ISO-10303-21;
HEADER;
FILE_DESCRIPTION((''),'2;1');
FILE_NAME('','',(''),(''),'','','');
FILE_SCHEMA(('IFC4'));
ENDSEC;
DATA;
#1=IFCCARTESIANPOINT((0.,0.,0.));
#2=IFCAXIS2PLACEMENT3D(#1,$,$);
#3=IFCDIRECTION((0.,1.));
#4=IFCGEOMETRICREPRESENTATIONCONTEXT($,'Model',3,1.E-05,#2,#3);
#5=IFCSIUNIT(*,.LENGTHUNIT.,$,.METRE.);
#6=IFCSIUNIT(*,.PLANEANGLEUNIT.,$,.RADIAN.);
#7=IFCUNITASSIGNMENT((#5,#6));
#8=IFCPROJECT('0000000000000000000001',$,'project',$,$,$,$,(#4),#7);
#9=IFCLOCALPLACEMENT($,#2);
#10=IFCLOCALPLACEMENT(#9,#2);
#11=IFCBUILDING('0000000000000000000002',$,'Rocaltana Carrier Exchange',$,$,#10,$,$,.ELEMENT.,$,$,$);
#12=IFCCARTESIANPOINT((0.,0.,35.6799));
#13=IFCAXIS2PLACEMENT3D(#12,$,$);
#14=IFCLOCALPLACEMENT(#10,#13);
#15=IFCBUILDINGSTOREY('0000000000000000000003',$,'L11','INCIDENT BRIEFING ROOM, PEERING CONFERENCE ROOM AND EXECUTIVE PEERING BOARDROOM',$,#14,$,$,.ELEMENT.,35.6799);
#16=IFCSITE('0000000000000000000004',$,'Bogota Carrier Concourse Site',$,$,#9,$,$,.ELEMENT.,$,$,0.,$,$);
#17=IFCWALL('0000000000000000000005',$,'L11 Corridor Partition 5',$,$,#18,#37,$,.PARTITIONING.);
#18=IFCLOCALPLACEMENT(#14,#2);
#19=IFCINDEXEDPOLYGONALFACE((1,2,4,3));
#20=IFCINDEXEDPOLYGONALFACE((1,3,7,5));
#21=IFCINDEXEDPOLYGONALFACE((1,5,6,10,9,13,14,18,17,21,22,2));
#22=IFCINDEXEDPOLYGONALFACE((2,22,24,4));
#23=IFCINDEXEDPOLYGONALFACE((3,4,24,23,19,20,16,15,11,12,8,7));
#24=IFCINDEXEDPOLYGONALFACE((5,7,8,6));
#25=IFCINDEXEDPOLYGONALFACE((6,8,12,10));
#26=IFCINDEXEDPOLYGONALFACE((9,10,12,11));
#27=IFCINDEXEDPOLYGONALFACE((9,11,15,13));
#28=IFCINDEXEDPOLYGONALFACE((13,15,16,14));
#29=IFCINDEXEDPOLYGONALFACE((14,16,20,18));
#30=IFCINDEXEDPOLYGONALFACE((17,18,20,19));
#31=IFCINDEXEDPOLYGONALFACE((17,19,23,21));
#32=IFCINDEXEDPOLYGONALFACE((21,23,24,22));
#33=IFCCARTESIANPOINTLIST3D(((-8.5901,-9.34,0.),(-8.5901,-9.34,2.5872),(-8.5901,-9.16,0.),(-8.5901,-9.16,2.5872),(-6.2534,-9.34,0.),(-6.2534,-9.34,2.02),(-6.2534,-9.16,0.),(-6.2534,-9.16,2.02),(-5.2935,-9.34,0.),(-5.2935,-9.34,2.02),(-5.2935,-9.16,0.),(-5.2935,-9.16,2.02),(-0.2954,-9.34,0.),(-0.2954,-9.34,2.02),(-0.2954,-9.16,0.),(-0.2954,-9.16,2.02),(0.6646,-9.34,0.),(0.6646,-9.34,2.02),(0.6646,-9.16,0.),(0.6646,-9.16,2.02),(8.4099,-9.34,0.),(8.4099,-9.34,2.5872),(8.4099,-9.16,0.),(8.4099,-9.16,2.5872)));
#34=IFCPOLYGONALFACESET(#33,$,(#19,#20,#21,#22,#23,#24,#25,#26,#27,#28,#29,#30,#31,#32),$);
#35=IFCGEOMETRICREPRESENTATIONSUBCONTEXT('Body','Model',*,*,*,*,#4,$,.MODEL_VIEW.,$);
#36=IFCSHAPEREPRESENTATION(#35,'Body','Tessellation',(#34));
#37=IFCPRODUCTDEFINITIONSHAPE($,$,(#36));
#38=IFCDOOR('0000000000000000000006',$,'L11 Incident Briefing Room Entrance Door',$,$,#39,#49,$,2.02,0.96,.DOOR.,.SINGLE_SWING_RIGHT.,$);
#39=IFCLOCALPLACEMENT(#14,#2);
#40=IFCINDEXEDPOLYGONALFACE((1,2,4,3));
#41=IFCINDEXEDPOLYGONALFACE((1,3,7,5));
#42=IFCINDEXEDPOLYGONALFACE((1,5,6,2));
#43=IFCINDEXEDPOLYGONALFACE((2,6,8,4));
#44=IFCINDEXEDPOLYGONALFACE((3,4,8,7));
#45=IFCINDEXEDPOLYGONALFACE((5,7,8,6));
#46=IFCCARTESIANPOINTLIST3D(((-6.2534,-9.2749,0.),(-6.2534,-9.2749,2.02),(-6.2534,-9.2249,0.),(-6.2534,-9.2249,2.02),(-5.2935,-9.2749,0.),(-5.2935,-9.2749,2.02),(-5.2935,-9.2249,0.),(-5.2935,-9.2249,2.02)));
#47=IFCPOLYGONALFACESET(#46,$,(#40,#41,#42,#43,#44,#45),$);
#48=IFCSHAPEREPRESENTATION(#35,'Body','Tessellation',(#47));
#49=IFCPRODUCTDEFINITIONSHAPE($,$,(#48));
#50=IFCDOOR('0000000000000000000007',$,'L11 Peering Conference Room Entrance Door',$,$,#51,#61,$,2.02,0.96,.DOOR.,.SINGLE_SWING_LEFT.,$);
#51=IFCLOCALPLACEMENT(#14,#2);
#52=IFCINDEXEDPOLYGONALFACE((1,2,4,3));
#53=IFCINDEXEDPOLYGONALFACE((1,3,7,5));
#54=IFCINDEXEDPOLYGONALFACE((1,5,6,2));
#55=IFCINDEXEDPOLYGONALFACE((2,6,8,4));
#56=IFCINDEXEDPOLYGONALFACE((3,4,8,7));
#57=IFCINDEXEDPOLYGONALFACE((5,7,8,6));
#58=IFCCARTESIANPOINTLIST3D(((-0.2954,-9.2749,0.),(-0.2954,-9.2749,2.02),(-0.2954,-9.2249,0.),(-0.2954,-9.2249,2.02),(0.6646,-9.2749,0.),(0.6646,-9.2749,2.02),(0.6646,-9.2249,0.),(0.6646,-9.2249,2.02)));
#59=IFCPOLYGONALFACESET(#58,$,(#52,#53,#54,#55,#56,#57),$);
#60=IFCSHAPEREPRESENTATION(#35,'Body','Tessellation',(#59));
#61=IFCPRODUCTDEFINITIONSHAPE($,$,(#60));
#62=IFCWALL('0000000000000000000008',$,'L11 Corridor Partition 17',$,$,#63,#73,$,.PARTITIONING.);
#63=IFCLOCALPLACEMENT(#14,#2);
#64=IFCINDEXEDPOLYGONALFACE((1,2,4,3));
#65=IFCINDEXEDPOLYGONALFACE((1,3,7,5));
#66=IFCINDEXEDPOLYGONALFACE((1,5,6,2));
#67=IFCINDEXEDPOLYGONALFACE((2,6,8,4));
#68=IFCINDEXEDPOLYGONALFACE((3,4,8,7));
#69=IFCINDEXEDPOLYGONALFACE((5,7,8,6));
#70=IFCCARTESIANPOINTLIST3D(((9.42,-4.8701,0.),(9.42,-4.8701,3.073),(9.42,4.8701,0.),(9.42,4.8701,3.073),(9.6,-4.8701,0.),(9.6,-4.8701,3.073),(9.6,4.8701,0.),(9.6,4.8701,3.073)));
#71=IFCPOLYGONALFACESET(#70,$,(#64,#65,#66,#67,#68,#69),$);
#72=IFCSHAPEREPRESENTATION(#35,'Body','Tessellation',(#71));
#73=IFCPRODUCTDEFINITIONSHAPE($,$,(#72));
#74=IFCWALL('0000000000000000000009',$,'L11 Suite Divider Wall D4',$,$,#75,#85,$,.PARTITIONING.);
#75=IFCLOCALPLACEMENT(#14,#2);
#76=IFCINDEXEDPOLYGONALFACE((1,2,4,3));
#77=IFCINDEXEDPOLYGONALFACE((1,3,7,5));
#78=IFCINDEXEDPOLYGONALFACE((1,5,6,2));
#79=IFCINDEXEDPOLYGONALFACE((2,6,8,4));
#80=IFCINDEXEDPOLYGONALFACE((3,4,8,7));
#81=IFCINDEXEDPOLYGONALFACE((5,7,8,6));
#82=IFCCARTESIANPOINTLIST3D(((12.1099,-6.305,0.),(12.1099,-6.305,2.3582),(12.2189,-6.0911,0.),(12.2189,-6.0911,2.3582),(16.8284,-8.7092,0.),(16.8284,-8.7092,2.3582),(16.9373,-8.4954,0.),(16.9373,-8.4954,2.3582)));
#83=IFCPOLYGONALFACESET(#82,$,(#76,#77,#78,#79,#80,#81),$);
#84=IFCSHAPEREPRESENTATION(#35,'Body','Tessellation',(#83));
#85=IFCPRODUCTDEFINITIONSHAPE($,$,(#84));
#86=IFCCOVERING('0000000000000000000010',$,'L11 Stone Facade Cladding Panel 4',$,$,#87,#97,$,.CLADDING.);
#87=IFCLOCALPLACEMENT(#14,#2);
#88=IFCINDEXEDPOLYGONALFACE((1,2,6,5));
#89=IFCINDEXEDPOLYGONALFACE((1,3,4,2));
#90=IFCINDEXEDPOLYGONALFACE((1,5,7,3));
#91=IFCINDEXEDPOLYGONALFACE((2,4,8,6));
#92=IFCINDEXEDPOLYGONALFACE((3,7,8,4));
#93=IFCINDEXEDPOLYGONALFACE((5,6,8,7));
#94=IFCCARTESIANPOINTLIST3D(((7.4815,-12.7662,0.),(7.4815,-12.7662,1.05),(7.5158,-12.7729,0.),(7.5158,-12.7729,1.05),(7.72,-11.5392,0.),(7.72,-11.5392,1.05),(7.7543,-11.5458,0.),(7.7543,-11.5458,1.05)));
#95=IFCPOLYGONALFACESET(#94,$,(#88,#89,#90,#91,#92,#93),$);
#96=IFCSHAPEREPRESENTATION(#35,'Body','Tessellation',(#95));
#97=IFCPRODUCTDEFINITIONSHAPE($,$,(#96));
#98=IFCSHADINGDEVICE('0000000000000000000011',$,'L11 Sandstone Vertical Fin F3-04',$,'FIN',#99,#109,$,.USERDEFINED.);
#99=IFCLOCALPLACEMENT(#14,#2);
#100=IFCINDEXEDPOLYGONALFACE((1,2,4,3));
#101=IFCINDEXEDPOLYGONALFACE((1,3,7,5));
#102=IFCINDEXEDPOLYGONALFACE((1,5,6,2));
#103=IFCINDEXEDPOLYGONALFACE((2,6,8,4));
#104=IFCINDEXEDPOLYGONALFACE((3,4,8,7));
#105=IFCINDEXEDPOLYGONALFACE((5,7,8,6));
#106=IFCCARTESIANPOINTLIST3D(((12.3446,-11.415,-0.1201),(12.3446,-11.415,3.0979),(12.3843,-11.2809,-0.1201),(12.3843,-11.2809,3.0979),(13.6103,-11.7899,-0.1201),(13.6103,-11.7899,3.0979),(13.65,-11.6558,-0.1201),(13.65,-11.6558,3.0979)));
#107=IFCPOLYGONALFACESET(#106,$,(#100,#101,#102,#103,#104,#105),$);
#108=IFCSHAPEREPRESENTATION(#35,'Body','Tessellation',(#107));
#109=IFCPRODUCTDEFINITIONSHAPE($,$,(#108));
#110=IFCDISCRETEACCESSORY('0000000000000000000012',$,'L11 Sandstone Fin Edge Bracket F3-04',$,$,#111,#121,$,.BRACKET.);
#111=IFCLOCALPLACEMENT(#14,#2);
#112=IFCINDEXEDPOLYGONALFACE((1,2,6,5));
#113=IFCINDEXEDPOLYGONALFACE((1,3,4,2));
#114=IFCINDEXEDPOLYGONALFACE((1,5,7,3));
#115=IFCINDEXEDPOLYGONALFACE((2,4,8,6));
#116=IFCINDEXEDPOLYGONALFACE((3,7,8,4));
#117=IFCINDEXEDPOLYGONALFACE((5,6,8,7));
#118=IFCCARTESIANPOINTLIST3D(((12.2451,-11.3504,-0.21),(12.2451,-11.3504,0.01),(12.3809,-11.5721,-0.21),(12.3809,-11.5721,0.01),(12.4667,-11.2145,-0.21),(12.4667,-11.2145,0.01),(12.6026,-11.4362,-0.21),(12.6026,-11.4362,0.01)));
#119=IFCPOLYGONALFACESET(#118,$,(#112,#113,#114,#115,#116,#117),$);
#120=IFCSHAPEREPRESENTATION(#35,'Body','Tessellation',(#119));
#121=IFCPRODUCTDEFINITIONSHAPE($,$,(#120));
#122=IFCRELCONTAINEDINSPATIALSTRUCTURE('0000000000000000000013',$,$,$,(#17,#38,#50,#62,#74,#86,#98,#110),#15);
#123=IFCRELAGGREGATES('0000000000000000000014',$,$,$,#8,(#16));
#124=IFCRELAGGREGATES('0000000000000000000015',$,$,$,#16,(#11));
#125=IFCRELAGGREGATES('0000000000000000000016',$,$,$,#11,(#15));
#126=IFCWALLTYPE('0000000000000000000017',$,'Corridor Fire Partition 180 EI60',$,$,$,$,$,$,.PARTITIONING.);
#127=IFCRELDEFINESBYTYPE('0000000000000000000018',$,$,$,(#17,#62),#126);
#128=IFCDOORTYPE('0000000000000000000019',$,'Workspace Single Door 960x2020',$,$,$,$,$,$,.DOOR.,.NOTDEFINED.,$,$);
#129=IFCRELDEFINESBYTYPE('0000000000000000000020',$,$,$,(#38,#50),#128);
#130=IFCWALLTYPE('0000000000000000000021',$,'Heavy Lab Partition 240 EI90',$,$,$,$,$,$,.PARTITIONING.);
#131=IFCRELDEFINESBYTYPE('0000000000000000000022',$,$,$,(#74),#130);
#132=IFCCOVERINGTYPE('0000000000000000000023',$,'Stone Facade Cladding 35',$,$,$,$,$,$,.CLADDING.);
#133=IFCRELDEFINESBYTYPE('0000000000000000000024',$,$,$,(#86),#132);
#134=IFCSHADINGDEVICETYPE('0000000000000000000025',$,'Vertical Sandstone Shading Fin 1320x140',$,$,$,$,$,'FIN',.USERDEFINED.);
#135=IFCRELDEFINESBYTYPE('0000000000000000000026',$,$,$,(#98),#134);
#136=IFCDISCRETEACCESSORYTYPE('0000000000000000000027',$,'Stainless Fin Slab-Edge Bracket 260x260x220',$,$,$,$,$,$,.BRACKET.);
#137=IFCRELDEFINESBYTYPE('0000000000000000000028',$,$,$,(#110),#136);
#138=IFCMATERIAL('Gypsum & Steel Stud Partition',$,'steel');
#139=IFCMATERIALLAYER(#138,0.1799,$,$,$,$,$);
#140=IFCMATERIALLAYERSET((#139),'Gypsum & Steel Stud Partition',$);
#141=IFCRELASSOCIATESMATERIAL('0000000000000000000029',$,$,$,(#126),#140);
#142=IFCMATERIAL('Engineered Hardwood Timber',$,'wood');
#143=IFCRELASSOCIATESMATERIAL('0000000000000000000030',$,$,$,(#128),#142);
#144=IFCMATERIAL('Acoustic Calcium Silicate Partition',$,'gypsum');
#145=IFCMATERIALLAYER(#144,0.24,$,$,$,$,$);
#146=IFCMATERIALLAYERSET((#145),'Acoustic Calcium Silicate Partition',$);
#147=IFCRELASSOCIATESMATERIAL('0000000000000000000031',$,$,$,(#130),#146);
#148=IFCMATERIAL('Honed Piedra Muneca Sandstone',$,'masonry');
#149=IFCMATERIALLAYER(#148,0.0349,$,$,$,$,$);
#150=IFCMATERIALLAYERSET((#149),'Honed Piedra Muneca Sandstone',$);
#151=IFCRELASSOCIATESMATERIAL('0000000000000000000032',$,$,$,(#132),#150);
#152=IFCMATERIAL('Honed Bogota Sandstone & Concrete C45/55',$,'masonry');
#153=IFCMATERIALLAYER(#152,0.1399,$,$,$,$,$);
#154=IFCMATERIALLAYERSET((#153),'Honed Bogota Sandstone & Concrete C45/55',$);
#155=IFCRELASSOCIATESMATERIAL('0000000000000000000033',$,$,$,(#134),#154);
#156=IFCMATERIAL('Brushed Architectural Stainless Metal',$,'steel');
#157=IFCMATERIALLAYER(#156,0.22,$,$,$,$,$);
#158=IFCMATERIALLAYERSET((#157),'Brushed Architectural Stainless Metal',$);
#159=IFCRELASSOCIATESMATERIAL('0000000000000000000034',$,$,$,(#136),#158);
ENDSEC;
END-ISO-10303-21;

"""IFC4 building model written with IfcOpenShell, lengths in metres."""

from ifc_helpers import new_model, si_unit, direction, frame, frame_2d, origin, origin_2d, place, context, subcontext, project, spatial, rectangle, extrude, material, layer, layer_set, type_object, element, fill, save


model = new_model("IFC4")

# Units and contexts
model_context = context("Model", 3, precision=1e-05, world=origin(), true_north=direction((0.0, 1.0)))
body_context = subcontext(model_context, "Body", "Model", "MODEL_VIEW")
ifc_project = project(units=[si_unit("LENGTHUNIT", "METRE"), si_unit("PLANEANGLEUNIT", "RADIAN")], contexts=[model_context])

# Site, building, storey
site_placement = place(None, origin())
site = spatial("IfcSite", under=ifc_project, at=site_placement, Name="Bogota Carrier Concourse Site", CompositionType="ELEMENT", RefElevation=0.0)
building_placement = place(site_placement, origin())
building = spatial("IfcBuilding", under=site, at=building_placement, Name="Rocaltana Carrier Exchange", CompositionType="ELEMENT")
storey_placement = place(building_placement, frame((0.0, 0.0, 35.6799)))
storey = spatial("IfcBuildingStorey", under=building, at=storey_placement, Name="L11", Description="INCIDENT BRIEFING ROOM, PEERING CONFERENCE ROOM AND EXECUTIVE PEERING BOARDROOM", CompositionType="ELEMENT", Elevation=35.6799)

# Shared definitions
ifc_material_1 = material(Name="Gypsum & Steel Stud Partition", Category="steel")
ifc_layer_1 = layer(ifc_material_1, 0.1799)
ifc_layer_set_1 = layer_set([ifc_layer_1], Name="Gypsum & Steel Stud Partition")
wall_type_1 = type_object("IfcWallType", Name="Corridor Fire Partition 180 EI60", PredefinedType="PARTITIONING", material=ifc_layer_set_1)

# Wall, openings, doors
wall_1_placement = place(storey_placement, frame((8.4099, -9.25, 0.0), z_axis=(0.0, 0.0, 1.0), x_axis=(-1.0, 0.0, 0.0)))
wall_1 = element("IfcWall", 1, at=wall_1_placement, inside=storey, type_object=wall_type_1, Name="L11 Corridor Partition 5", PredefinedType="PARTITIONING", context=body_context, shape_type="SweptSolid", body=[
    extrude(rectangle(XDim=17.0, YDim=0.1799, at=frame_2d((8.5, 0.0))), origin(), (0.0, 0.0, 1.0), 2.5872),
])
opening_1_placement = place(wall_1_placement, frame((13.7034, 0.0, 0.0)))
opening_1 = element("IfcOpeningElement", 2, at=opening_1_placement, cuts=wall_1, PredefinedType="OPENING", context=body_context, shape_type="SweptSolid", body=[
    extrude(rectangle(XDim=0.96, YDim=2.02, at=frame_2d((0.48, 1.01))), frame((0.0, 0.0999, 0.0), z_axis=(0.0, -1.0, 0.0), x_axis=(1.0, 0.0, 0.0)), (0.0, 0.0, 1.0), 0.2),
])
opening_2_placement = place(wall_1_placement, frame((7.7454, 0.0, 0.0)))
opening_2 = element("IfcOpeningElement", 3, at=opening_2_placement, cuts=wall_1, PredefinedType="OPENING", context=body_context, shape_type="SweptSolid", body=[
    extrude(rectangle(XDim=0.96, YDim=2.02, at=frame_2d((0.48, 1.01))), frame((0.0, 0.0999, 0.0), z_axis=(0.0, -1.0, 0.0), x_axis=(1.0, 0.0, 0.0)), (0.0, 0.0, 1.0), 0.2),
])
ifc_material_2 = material(Name="Engineered Hardwood Timber", Category="wood")
door_type_1 = type_object("IfcDoorType", Name="Workspace Single Door 960x2020", OperationType="NOTDEFINED", PredefinedType="DOOR", material=ifc_material_2)
door_1_placement = place(opening_1_placement, origin())
door_1 = element("IfcDoor", 4, at=door_1_placement, inside=storey, type_object=door_type_1, Name="L11 Incident Briefing Room Entrance Door", OperationType="SINGLE_SWING_RIGHT", OverallHeight=2.02, OverallWidth=0.96, PredefinedType="DOOR", context=body_context, shape_type="SweptSolid", body=[
    extrude(rectangle(XDim=0.96, YDim=2.02, at=frame_2d((0.48, 1.01))), frame((0.0, 0.0249, 0.0), z_axis=(0.0, -1.0, 0.0), x_axis=(1.0, 0.0, 0.0)), (0.0, 0.0, 1.0), 0.05),
])
fill(opening_1, door_1)
door_2_placement = place(opening_2_placement, origin())
door_2 = element("IfcDoor", 5, at=door_2_placement, inside=storey, type_object=door_type_1, Name="L11 Peering Conference Room Entrance Door", OperationType="SINGLE_SWING_LEFT", OverallHeight=2.02, OverallWidth=0.96, PredefinedType="DOOR", context=body_context, shape_type="SweptSolid", body=[
    extrude(rectangle(XDim=0.96, YDim=2.02, at=frame_2d((0.48, 1.01))), frame((0.0, 0.0249, 0.0), z_axis=(0.0, -1.0, 0.0), x_axis=(1.0, 0.0, 0.0)), (0.0, 0.0, 1.0), 0.05),
])
fill(opening_2, door_2)

# Walls
wall_2_placement = place(storey_placement, frame((9.51, -4.8701, 0.0), z_axis=(0.0, 0.0, 1.0), x_axis=(0.0, 1.0, 0.0)))
element("IfcWall", 6, at=wall_2_placement, inside=storey, type_object=wall_type_1, Name="L11 Corridor Partition 17", PredefinedType="PARTITIONING", context=body_context, shape_type="SweptSolid", body=[
    extrude(rectangle(XDim=9.7402, YDim=0.1799, at=frame_2d((4.8701, 0.0))), origin(), (0.0, 0.0, 1.0), 3.073),
])
ifc_material_3 = material(Name="Acoustic Calcium Silicate Partition", Category="gypsum")
ifc_layer_2 = layer(ifc_material_3, 0.24)
ifc_layer_set_2 = layer_set([ifc_layer_2], Name="Acoustic Calcium Silicate Partition")
wall_type_2 = type_object("IfcWallType", Name="Heavy Lab Partition 240 EI90", PredefinedType="PARTITIONING", material=ifc_layer_set_2)
wall_3_placement = place(storey_placement, frame((12.1643, -6.198, 0.0), z_axis=(0.0, 0.0, 1.0), x_axis=(0.890999, -0.454005, 0.0)))
element("IfcWall", 7, at=wall_3_placement, inside=storey, type_object=wall_type_2, Name="L11 Suite Divider Wall D4", PredefinedType="PARTITIONING", context=body_context, shape_type="SweptSolid", body=[
    extrude(rectangle(XDim=5.2957, YDim=0.24, at=frame_2d((2.6479, 0.0))), origin(), (0.0, 0.0, 1.0), 2.3582),
])

# Covering
ifc_material_4 = material(Name="Honed Piedra Muneca Sandstone", Category="masonry")
ifc_layer_3 = layer(ifc_material_4, 0.0349)
ifc_layer_set_3 = layer_set([ifc_layer_3], Name="Honed Piedra Muneca Sandstone")
covering_type = type_object("IfcCoveringType", Name="Stone Facade Cladding 35", PredefinedType="CLADDING", material=ifc_layer_set_3)
covering_placement = place(storey_placement, frame((7.6179, -12.156, 0.0), z_axis=(0.0, 0.0, 1.0), x_axis=(0.190809, 0.981627, 0.0)))
element("IfcCovering", 8, at=covering_placement, inside=storey, type_object=covering_type, Name="L11 Stone Facade Cladding Panel 4", PredefinedType="CLADDING", context=body_context, shape_type="SweptSolid", body=[
    extrude(rectangle(XDim=1.25, YDim=0.0349, at=origin_2d()), origin(), (0.0, 0.0, 1.0), 1.05),
])

# Shading device
ifc_material_5 = material(Name="Honed Bogota Sandstone & Concrete C45/55", Category="masonry")
ifc_layer_4 = layer(ifc_material_5, 0.1399)
ifc_layer_set_4 = layer_set([ifc_layer_4], Name="Honed Bogota Sandstone & Concrete C45/55")
shading_device_type = type_object("IfcShadingDeviceType", Name="Vertical Sandstone Shading Fin 1320x140", ElementType="FIN", PredefinedType="USERDEFINED", material=ifc_layer_set_4)
shading_device_placement = place(storey_placement, frame((12.9973, -11.5354, -0.1201), z_axis=(0.0, 0.0, 1.0), x_axis=(0.95882, -0.284015, 0.0)))
element("IfcShadingDevice", 9, at=shading_device_placement, inside=storey, type_object=shading_device_type, Name="L11 Sandstone Vertical Fin F3-04", ObjectType="FIN", PredefinedType="USERDEFINED", context=body_context, shape_type="SweptSolid", body=[
    extrude(rectangle(XDim=1.3201, YDim=0.1399, at=origin_2d()), origin(), (0.0, 0.0, 1.0), 3.218),
])

# Discrete accessory
ifc_material_6 = material(Name="Brushed Architectural Stainless Metal", Category="steel")
ifc_layer_5 = layer(ifc_material_6, 0.22)
ifc_layer_set_5 = layer_set([ifc_layer_5], Name="Brushed Architectural Stainless Metal")
discrete_accessory_type = type_object("IfcDiscreteAccessoryType", Name="Stainless Fin Slab-Edge Bracket 260x260x220", PredefinedType="BRACKET", material=ifc_layer_set_5)
discrete_accessory_placement = place(storey_placement, frame((12.4238, -11.3933, -0.21), z_axis=(0.0, 0.0, 1.0), x_axis=(0.85264, 0.522499, 0.0)))
element("IfcDiscreteAccessory", 10, at=discrete_accessory_placement, inside=storey, type_object=discrete_accessory_type, Name="L11 Sandstone Fin Edge Bracket F3-04", PredefinedType="BRACKET", context=body_context, shape_type="SweptSolid", body=[
    extrude(rectangle(XDim=0.26, YDim=0.26, at=origin_2d()), origin(), (0.0, 0.0, 1.0), 0.22),
])

save(model, "model.ifc")
